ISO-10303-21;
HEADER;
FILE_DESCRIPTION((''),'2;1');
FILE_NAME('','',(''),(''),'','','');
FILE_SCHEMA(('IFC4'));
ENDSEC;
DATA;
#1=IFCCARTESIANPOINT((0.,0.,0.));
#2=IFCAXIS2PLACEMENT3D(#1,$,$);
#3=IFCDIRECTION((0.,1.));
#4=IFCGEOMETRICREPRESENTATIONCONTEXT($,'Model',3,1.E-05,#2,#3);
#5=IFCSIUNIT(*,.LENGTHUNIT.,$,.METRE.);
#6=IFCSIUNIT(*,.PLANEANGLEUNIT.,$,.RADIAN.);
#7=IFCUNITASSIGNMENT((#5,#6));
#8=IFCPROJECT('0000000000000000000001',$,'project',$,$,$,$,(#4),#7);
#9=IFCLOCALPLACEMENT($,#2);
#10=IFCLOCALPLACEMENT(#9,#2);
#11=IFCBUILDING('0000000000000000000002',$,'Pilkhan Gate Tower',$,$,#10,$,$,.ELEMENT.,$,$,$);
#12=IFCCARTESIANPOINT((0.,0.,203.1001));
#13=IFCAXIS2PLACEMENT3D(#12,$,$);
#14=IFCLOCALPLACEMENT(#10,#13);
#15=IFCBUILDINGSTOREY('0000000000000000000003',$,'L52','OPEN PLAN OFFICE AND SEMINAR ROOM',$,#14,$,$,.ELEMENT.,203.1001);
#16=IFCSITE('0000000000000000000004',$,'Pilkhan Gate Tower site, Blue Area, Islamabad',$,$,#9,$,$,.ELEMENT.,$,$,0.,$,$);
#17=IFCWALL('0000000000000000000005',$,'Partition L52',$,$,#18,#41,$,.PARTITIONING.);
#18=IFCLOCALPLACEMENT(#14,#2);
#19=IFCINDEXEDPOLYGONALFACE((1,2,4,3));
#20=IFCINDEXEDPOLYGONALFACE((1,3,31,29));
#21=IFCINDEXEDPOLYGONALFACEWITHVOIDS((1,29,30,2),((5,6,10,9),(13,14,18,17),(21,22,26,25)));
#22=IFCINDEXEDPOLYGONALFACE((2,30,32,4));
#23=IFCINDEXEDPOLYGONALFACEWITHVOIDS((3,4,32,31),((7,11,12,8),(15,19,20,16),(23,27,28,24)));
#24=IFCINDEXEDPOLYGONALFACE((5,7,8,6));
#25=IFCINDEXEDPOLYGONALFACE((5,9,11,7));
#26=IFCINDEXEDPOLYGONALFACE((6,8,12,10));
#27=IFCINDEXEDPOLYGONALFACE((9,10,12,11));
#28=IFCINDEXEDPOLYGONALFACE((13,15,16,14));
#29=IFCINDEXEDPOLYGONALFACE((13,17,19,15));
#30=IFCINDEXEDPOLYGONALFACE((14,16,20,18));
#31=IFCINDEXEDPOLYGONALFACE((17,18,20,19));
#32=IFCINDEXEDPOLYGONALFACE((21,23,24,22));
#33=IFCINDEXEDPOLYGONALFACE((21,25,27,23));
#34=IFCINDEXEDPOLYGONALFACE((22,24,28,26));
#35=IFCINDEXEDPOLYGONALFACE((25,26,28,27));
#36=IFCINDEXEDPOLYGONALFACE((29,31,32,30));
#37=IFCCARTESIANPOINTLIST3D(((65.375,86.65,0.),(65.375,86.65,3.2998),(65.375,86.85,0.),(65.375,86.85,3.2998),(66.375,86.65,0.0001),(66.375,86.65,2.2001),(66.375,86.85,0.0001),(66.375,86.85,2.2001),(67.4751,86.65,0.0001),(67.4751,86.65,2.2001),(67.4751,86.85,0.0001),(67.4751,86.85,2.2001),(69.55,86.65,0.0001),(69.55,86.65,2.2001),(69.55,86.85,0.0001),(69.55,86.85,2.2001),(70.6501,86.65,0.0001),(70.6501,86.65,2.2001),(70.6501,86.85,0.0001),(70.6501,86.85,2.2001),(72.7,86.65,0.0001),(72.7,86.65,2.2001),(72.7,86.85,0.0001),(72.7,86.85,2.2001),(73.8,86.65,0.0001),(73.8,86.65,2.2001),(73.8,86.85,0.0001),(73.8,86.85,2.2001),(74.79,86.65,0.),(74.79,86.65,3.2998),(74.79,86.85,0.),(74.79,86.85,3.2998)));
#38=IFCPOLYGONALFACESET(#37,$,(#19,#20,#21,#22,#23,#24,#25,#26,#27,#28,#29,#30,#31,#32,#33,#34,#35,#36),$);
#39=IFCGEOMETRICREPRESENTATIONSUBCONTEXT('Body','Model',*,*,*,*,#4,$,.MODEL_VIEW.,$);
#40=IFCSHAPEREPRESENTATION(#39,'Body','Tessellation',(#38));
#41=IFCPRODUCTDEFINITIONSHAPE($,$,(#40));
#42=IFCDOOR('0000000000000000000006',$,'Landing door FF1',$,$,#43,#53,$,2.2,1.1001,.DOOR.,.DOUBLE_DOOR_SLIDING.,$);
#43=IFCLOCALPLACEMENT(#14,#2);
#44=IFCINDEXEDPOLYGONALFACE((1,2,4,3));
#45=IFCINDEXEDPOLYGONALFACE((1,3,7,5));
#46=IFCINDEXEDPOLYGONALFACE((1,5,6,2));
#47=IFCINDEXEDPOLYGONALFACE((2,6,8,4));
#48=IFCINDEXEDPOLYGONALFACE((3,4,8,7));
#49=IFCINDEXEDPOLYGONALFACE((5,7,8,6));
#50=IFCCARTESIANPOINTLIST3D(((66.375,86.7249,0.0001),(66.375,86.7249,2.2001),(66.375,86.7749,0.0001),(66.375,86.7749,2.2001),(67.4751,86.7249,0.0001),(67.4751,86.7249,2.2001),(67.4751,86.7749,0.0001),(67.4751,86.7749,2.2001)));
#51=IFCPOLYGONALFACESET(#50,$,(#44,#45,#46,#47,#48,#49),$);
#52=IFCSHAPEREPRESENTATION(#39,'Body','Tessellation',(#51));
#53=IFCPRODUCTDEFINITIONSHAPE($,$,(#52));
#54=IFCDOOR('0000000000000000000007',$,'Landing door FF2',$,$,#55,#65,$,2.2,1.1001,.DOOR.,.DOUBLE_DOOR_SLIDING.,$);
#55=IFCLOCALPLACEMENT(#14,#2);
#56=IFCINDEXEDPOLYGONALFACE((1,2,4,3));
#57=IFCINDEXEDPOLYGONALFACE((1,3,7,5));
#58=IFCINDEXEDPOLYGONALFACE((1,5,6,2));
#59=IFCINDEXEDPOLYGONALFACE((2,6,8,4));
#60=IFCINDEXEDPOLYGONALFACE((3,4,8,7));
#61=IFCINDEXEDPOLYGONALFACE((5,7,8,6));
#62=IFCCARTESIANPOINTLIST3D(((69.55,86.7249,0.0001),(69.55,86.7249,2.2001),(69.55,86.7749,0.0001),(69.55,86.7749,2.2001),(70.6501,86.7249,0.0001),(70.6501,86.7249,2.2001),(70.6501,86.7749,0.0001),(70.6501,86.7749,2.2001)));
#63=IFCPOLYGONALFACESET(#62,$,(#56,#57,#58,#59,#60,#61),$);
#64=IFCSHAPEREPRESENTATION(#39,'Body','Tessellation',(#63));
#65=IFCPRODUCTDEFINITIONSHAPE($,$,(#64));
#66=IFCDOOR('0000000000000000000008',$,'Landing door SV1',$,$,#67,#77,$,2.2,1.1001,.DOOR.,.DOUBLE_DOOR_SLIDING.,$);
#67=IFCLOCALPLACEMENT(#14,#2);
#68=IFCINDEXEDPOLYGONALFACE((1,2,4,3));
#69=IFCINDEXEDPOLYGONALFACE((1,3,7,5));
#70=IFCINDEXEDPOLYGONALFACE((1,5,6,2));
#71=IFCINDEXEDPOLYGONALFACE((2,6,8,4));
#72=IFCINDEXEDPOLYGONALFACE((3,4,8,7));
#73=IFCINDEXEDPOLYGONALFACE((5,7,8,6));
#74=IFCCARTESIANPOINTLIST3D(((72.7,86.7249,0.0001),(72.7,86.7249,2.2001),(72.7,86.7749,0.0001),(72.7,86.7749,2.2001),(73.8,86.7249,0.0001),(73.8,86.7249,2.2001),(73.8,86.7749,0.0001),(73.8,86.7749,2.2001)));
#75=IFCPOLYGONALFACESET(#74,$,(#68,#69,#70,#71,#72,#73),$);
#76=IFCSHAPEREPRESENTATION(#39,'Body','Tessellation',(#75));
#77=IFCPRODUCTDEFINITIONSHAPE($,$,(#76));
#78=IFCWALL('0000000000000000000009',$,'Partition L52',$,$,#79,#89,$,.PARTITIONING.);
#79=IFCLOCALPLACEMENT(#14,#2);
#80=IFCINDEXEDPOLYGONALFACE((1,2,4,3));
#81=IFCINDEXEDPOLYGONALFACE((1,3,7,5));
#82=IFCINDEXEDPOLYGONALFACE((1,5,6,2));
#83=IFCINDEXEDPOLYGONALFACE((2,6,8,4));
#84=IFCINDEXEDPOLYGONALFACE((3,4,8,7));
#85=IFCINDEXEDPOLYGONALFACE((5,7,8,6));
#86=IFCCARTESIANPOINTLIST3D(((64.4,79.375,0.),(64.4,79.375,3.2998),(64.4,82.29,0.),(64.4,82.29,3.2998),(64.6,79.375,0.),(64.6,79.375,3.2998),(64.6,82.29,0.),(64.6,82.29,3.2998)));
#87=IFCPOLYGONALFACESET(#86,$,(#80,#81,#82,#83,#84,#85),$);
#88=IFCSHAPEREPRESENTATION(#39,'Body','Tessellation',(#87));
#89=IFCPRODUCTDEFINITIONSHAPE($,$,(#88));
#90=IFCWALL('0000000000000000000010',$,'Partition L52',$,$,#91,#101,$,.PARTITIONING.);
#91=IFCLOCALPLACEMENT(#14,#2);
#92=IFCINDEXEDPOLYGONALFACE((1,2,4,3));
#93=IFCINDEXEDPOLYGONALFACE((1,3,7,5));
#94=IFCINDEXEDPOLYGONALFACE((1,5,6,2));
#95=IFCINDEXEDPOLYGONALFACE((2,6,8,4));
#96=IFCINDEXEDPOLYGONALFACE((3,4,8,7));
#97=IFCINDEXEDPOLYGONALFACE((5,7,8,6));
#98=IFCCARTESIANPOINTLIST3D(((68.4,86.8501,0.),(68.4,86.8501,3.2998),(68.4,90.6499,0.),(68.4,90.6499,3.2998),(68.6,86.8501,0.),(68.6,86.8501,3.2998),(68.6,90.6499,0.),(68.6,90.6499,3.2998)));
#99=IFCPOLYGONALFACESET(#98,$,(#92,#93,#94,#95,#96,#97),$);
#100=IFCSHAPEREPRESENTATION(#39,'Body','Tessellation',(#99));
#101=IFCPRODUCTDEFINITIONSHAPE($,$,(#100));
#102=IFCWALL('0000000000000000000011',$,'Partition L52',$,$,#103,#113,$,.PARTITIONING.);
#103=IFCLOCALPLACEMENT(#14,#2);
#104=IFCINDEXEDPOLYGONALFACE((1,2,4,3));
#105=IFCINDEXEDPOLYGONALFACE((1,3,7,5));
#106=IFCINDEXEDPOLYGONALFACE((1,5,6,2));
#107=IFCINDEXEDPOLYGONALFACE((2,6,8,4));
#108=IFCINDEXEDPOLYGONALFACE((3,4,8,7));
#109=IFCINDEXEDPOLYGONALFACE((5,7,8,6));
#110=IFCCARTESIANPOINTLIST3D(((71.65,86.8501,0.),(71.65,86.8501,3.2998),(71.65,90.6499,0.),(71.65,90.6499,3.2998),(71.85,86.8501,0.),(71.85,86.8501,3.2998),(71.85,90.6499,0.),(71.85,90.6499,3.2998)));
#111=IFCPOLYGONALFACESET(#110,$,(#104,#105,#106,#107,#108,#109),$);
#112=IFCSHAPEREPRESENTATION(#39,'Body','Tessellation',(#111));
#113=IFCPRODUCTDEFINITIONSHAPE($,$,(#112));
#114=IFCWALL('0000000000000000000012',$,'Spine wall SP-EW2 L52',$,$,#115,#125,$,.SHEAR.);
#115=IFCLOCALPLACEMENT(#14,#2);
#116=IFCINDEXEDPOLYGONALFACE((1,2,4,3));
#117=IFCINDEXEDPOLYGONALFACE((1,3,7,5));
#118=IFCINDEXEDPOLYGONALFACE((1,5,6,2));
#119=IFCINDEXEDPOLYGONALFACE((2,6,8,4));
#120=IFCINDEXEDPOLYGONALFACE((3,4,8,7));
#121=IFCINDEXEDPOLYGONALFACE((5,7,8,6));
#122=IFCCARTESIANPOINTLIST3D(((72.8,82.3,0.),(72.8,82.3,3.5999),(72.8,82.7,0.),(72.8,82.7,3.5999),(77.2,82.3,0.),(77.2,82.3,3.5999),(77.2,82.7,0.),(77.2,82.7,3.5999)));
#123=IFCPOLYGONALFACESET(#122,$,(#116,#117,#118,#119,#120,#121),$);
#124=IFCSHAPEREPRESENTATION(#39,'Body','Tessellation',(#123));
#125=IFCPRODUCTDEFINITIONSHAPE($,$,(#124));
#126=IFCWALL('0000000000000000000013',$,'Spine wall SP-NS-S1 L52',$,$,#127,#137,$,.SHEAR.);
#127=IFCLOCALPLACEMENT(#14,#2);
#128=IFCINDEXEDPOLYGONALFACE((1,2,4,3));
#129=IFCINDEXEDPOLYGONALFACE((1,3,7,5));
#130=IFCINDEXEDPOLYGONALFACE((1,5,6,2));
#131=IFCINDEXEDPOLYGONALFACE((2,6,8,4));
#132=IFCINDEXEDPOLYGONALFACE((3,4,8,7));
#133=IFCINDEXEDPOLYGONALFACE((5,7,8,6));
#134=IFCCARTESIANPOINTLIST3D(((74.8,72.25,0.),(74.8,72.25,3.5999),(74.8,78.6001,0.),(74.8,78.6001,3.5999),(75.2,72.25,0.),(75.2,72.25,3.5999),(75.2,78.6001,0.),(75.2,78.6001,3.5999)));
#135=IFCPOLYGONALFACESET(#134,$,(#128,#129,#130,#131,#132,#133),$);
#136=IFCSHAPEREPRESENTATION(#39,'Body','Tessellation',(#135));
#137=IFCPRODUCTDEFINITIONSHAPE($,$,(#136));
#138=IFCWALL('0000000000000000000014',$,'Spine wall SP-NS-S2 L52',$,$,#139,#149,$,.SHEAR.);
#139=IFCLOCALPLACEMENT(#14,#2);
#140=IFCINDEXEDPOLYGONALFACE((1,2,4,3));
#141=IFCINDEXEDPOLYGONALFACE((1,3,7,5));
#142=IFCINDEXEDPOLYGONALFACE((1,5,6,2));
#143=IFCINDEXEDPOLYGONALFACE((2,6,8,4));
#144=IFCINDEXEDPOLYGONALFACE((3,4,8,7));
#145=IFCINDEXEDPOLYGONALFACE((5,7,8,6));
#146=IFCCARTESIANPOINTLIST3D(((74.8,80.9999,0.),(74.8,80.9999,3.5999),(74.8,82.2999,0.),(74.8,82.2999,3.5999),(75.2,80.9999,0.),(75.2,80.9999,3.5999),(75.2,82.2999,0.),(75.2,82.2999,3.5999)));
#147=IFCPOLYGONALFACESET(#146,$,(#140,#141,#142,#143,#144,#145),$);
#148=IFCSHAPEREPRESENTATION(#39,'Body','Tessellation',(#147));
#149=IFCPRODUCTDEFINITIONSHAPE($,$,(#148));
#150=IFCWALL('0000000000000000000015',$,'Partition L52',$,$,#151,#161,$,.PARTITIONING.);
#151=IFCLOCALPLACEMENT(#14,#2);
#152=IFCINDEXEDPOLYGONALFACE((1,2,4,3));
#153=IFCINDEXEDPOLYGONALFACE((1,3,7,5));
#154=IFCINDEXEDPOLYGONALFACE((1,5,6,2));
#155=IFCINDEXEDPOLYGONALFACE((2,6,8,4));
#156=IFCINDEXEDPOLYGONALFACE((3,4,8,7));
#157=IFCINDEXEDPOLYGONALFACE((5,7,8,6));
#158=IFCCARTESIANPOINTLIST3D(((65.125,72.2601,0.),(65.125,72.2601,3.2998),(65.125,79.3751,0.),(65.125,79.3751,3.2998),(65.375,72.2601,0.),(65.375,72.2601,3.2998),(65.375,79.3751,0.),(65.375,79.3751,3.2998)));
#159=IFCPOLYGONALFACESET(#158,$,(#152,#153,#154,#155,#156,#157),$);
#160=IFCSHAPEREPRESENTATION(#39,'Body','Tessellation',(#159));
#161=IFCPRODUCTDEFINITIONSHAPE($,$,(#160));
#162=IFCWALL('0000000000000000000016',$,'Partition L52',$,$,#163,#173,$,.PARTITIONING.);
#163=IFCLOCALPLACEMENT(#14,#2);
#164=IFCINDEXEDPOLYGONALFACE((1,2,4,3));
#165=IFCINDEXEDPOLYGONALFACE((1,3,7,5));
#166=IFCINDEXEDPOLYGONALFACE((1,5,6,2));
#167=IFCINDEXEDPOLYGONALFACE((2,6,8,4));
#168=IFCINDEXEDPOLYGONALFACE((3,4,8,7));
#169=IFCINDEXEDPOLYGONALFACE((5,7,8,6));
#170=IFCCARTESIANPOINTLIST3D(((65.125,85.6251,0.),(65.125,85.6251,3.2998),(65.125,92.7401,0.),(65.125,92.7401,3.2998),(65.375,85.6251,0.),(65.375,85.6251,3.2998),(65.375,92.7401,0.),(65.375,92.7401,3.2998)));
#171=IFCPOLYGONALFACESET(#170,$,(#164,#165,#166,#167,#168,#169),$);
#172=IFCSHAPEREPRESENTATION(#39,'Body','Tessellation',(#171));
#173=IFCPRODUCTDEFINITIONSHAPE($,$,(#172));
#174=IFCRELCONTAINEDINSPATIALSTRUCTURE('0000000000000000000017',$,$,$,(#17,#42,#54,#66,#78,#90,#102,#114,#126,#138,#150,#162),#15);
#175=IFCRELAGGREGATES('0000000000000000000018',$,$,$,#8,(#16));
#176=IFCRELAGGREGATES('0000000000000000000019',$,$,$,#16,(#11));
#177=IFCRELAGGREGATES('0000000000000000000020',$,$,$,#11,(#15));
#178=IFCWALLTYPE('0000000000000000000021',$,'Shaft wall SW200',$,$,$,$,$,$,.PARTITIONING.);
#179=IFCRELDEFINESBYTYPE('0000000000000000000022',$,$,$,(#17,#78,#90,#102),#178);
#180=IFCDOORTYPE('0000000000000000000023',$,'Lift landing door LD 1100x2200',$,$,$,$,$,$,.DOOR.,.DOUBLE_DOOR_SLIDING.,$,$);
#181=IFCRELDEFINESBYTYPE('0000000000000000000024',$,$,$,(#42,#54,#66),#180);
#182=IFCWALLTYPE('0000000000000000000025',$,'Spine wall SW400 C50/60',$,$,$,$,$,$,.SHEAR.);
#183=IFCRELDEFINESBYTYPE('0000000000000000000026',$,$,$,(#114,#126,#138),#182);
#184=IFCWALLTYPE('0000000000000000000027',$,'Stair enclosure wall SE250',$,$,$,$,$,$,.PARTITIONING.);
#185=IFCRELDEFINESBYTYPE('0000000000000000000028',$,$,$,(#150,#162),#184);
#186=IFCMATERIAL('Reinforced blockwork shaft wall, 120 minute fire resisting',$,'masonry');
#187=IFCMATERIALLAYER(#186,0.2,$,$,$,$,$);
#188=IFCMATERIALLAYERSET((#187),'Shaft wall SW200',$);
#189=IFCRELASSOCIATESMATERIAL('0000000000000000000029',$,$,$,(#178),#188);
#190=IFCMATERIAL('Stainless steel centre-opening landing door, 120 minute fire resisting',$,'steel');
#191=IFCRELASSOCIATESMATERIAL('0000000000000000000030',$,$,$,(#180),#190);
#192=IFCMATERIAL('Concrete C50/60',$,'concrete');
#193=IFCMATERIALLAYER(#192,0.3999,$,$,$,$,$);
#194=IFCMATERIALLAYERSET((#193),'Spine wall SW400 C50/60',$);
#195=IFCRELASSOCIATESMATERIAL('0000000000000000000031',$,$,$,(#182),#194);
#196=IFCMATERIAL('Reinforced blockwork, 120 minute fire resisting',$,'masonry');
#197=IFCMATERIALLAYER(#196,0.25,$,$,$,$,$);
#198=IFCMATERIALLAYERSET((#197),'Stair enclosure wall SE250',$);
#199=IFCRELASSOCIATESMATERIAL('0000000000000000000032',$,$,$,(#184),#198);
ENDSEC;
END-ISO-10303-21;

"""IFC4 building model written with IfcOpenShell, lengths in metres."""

from ifc_helpers import new_model, si_unit, direction, frame, frame_2d, origin, place, context, subcontext, project, spatial, rectangle, extrude, material, layer, layer_set, type_object, element, fill, save


model = new_model("IFC4")

# Units and contexts
model_context = context("Model", 3, precision=1e-05, world=origin(), true_north=direction((0.0, 1.0)))
body_context = subcontext(model_context, "Body", "Model", "MODEL_VIEW")
ifc_project = project(units=[si_unit("LENGTHUNIT", "METRE"), si_unit("PLANEANGLEUNIT", "RADIAN")], contexts=[model_context])

# Site, building, storey
site_placement = place(None, origin())
site = spatial("IfcSite", under=ifc_project, at=site_placement, Name="Pilkhan Gate Tower site, Blue Area, Islamabad", CompositionType="ELEMENT", RefElevation=0.0)
building_placement = place(site_placement, origin())
building = spatial("IfcBuilding", under=site, at=building_placement, Name="Pilkhan Gate Tower", CompositionType="ELEMENT")
storey_placement = place(building_placement, frame((0.0, 0.0, 203.1001)))
storey = spatial("IfcBuildingStorey", under=building, at=storey_placement, Name="L52", Description="OPEN PLAN OFFICE AND SEMINAR ROOM", CompositionType="ELEMENT", Elevation=203.1001)

# Shared definitions
ifc_material_1 = material(Name="Concrete C50/60", Category="concrete")

# Wall, openings, doors
ifc_material_2 = material(Name="Reinforced blockwork shaft wall, 120 minute fire resisting", Category="masonry")
ifc_layer_1 = layer(ifc_material_2, 0.2)
ifc_layer_set_1 = layer_set([ifc_layer_1], Name="Shaft wall SW200")
wall_type_1 = type_object("IfcWallType", Name="Shaft wall SW200", PredefinedType="PARTITIONING", material=ifc_layer_set_1)
wall_1_placement = place(storey_placement, frame((65.375, 86.75, 0.0), z_axis=(0.0, 0.0, 1.0), x_axis=(1.0, 0.0, 0.0)))
wall_1 = element("IfcWall", 1, at=wall_1_placement, inside=storey, type_object=wall_type_1, Name="Partition L52", PredefinedType="PARTITIONING", context=body_context, shape_type="SweptSolid", body=[
    extrude(rectangle(XDim=9.415, YDim=0.2, at=frame_2d((4.7075, 0.0))), origin(), (0.0, 0.0, 1.0), 3.2998),
])
opening_1_placement = place(wall_1_placement, frame((1.0, 0.0, 0.0)))
opening_1 = element("IfcOpeningElement", 2, at=opening_1_placement, cuts=wall_1, PredefinedType="OPENING", context=body_context, shape_type="SweptSolid", body=[
    extrude(rectangle(XDim=1.1001, YDim=2.2, at=frame_2d((0.55, 1.1001))), frame((0.0, 0.1099, 0.0), z_axis=(0.0, -1.0, 0.0), x_axis=(1.0, 0.0, 0.0)), (0.0, 0.0, 1.0), 0.22),
])
opening_2_placement = place(wall_1_placement, frame((4.175, 0.0, 0.0)))
opening_2 = element("IfcOpeningElement", 3, at=opening_2_placement, cuts=wall_1, PredefinedType="OPENING", context=body_context, shape_type="SweptSolid", body=[
    extrude(rectangle(XDim=1.1001, YDim=2.2, at=frame_2d((0.55, 1.1001))), frame((0.0, 0.1099, 0.0), z_axis=(0.0, -1.0, 0.0), x_axis=(1.0, 0.0, 0.0)), (0.0, 0.0, 1.0), 0.22),
])
opening_3_placement = place(wall_1_placement, frame((7.325, 0.0, 0.0)))
opening_3 = element("IfcOpeningElement", 4, at=opening_3_placement, cuts=wall_1, PredefinedType="OPENING", context=body_context, shape_type="SweptSolid", body=[
    extrude(rectangle(XDim=1.1001, YDim=2.2, at=frame_2d((0.55, 1.1001))), frame((0.0, 0.1099, 0.0), z_axis=(0.0, -1.0, 0.0), x_axis=(1.0, 0.0, 0.0)), (0.0, 0.0, 1.0), 0.22),
])
ifc_material_3 = material(Name="Stainless steel centre-opening landing door, 120 minute fire resisting", Category="steel")
door_type_1 = type_object("IfcDoorType", Name="Lift landing door LD 1100x2200", OperationType="DOUBLE_DOOR_SLIDING", PredefinedType="DOOR", material=ifc_material_3)
door_1_placement = place(opening_1_placement, origin())
door_1 = element("IfcDoor", 5, at=door_1_placement, inside=storey, type_object=door_type_1, Name="Landing door FF1", OperationType="DOUBLE_DOOR_SLIDING", OverallHeight=2.2, OverallWidth=1.1001, PredefinedType="DOOR", context=body_context, shape_type="SweptSolid", body=[
    extrude(rectangle(XDim=1.1001, YDim=2.2, at=frame_2d((0.55, 1.1001))), frame((0.0, 0.0249, 0.0), z_axis=(0.0, -1.0, 0.0), x_axis=(1.0, 0.0, 0.0)), (0.0, 0.0, 1.0), 0.05),
])
fill(opening_1, door_1)
door_2_placement = place(opening_2_placement, origin())
door_2 = element("IfcDoor", 6, at=door_2_placement, inside=storey, type_object=door_type_1, Name="Landing door FF2", OperationType="DOUBLE_DOOR_SLIDING", OverallHeight=2.2, OverallWidth=1.1001, PredefinedType="DOOR", context=body_context, shape_type="SweptSolid", body=[
    extrude(rectangle(XDim=1.1001, YDim=2.2, at=frame_2d((0.55, 1.1001))), frame((0.0, 0.0249, 0.0), z_axis=(0.0, -1.0, 0.0), x_axis=(1.0, 0.0, 0.0)), (0.0, 0.0, 1.0), 0.05),
])
fill(opening_2, door_2)
door_3_placement = place(opening_3_placement, origin())
door_3 = element("IfcDoor", 7, at=door_3_placement, inside=storey, type_object=door_type_1, Name="Landing door SV1", OperationType="DOUBLE_DOOR_SLIDING", OverallHeight=2.2, OverallWidth=1.1001, PredefinedType="DOOR", context=body_context, shape_type="SweptSolid", body=[
    extrude(rectangle(XDim=1.1001, YDim=2.2, at=frame_2d((0.55, 1.1001))), frame((0.0, 0.0249, 0.0), z_axis=(0.0, -1.0, 0.0), x_axis=(1.0, 0.0, 0.0)), (0.0, 0.0, 1.0), 0.05),
])
fill(opening_3, door_3)

# Walls
wall_2_placement = place(storey_placement, frame((64.5, 79.375, 0.0), z_axis=(0.0, 0.0, 1.0), x_axis=(0.0, 1.0, 0.0)))
element("IfcWall", 8, at=wall_2_placement, inside=storey, type_object=wall_type_1, Name="Partition L52", PredefinedType="PARTITIONING", context=body_context, shape_type="SweptSolid", body=[
    extrude(rectangle(XDim=2.915, YDim=0.2, at=frame_2d((1.4575, 0.0))), origin(), (0.0, 0.0, 1.0), 3.2998),
])
for number, where, z_axis, x_axis, name in (
    (9, (68.5, 86.8501, 0.0), (0.0, 0.0, 1.0), (0.0, 1.0, 0.0), "Partition L52"),
    (10, (71.75, 86.8501, 0.0), (0.0, 0.0, 1.0), (0.0, 1.0, 0.0), "Partition L52"),
):
    element("IfcWall", number, at=place(storey_placement, frame(where, z_axis=z_axis, x_axis=x_axis)), inside=storey, type_object=wall_type_1, Name=name, PredefinedType="PARTITIONING", context=body_context, shape_type="SweptSolid", body=[
        extrude(rectangle(XDim=3.7998, YDim=0.2, at=frame_2d((1.8999, 0.0))), origin(), (0.0, 0.0, 1.0), 3.2998),
    ])
ifc_layer_2 = layer(ifc_material_1, 0.3999)
ifc_layer_set_2 = layer_set([ifc_layer_2], Name="Spine wall SW400 C50/60")
wall_type_2 = type_object("IfcWallType", Name="Spine wall SW400 C50/60", PredefinedType="SHEAR", material=ifc_layer_set_2)
wall_3_placement = place(storey_placement, frame((72.8, 82.5, 0.0), z_axis=(0.0, 0.0, 1.0), x_axis=(1.0, 0.0, 0.0)))
element("IfcWall", 11, at=wall_3_placement, inside=storey, type_object=wall_type_2, Name="Spine wall SP-EW2 L52", PredefinedType="SHEAR", context=body_context, shape_type="SweptSolid", body=[
    extrude(rectangle(XDim=4.3999, YDim=0.3999, at=frame_2d((2.2, 0.0))), origin(), (0.0, 0.0, 1.0), 3.5999),
])
wall_4_placement = place(storey_placement, frame((75.0, 72.25, 0.0), z_axis=(0.0, 0.0, 1.0), x_axis=(0.0, 1.0, 0.0)))
element("IfcWall", 12, at=wall_4_placement, inside=storey, type_object=wall_type_2, Name="Spine wall SP-NS-S1 L52", PredefinedType="SHEAR", context=body_context, shape_type="SweptSolid", body=[
    extrude(rectangle(XDim=6.3501, YDim=0.3999, at=frame_2d((3.175, 0.0))), origin(), (0.0, 0.0, 1.0), 3.5999),
])
wall_5_placement = place(storey_placement, frame((75.0, 81.0, 0.0), z_axis=(0.0, 0.0, 1.0), x_axis=(0.0, 1.0, 0.0)))
element("IfcWall", 13, at=wall_5_placement, inside=storey, type_object=wall_type_2, Name="Spine wall SP-NS-S2 L52", PredefinedType="SHEAR", context=body_context, shape_type="SweptSolid", body=[
    extrude(rectangle(XDim=1.3, YDim=0.3999, at=frame_2d((0.6499, 0.0))), origin(), (0.0, 0.0, 1.0), 3.5999),
])
ifc_material_4 = material(Name="Reinforced blockwork, 120 minute fire resisting", Category="masonry")
ifc_layer_3 = layer(ifc_material_4, 0.25)
ifc_layer_set_3 = layer_set([ifc_layer_3], Name="Stair enclosure wall SE250")
wall_type_3 = type_object("IfcWallType", Name="Stair enclosure wall SE250", PredefinedType="PARTITIONING", material=ifc_layer_set_3)
for number, where, z_axis, x_axis, name in (
    (14, (65.25, 72.26, 0.0), (0.0, 0.0, 1.0), (0.0, 1.0, 0.0), "Partition L52"),
    (15, (65.25, 85.625, 0.0), (0.0, 0.0, 1.0), (0.0, 1.0, 0.0), "Partition L52"),
):
    element("IfcWall", number, at=place(storey_placement, frame(where, z_axis=z_axis, x_axis=x_axis)), inside=storey, type_object=wall_type_3, Name=name, PredefinedType="PARTITIONING", context=body_context, shape_type="SweptSolid", body=[
        extrude(rectangle(XDim=7.115, YDim=0.25, at=frame_2d((3.5576, 0.0))), origin(), (0.0, 0.0, 1.0), 3.2998),
    ])

save(model, "model.ifc")
